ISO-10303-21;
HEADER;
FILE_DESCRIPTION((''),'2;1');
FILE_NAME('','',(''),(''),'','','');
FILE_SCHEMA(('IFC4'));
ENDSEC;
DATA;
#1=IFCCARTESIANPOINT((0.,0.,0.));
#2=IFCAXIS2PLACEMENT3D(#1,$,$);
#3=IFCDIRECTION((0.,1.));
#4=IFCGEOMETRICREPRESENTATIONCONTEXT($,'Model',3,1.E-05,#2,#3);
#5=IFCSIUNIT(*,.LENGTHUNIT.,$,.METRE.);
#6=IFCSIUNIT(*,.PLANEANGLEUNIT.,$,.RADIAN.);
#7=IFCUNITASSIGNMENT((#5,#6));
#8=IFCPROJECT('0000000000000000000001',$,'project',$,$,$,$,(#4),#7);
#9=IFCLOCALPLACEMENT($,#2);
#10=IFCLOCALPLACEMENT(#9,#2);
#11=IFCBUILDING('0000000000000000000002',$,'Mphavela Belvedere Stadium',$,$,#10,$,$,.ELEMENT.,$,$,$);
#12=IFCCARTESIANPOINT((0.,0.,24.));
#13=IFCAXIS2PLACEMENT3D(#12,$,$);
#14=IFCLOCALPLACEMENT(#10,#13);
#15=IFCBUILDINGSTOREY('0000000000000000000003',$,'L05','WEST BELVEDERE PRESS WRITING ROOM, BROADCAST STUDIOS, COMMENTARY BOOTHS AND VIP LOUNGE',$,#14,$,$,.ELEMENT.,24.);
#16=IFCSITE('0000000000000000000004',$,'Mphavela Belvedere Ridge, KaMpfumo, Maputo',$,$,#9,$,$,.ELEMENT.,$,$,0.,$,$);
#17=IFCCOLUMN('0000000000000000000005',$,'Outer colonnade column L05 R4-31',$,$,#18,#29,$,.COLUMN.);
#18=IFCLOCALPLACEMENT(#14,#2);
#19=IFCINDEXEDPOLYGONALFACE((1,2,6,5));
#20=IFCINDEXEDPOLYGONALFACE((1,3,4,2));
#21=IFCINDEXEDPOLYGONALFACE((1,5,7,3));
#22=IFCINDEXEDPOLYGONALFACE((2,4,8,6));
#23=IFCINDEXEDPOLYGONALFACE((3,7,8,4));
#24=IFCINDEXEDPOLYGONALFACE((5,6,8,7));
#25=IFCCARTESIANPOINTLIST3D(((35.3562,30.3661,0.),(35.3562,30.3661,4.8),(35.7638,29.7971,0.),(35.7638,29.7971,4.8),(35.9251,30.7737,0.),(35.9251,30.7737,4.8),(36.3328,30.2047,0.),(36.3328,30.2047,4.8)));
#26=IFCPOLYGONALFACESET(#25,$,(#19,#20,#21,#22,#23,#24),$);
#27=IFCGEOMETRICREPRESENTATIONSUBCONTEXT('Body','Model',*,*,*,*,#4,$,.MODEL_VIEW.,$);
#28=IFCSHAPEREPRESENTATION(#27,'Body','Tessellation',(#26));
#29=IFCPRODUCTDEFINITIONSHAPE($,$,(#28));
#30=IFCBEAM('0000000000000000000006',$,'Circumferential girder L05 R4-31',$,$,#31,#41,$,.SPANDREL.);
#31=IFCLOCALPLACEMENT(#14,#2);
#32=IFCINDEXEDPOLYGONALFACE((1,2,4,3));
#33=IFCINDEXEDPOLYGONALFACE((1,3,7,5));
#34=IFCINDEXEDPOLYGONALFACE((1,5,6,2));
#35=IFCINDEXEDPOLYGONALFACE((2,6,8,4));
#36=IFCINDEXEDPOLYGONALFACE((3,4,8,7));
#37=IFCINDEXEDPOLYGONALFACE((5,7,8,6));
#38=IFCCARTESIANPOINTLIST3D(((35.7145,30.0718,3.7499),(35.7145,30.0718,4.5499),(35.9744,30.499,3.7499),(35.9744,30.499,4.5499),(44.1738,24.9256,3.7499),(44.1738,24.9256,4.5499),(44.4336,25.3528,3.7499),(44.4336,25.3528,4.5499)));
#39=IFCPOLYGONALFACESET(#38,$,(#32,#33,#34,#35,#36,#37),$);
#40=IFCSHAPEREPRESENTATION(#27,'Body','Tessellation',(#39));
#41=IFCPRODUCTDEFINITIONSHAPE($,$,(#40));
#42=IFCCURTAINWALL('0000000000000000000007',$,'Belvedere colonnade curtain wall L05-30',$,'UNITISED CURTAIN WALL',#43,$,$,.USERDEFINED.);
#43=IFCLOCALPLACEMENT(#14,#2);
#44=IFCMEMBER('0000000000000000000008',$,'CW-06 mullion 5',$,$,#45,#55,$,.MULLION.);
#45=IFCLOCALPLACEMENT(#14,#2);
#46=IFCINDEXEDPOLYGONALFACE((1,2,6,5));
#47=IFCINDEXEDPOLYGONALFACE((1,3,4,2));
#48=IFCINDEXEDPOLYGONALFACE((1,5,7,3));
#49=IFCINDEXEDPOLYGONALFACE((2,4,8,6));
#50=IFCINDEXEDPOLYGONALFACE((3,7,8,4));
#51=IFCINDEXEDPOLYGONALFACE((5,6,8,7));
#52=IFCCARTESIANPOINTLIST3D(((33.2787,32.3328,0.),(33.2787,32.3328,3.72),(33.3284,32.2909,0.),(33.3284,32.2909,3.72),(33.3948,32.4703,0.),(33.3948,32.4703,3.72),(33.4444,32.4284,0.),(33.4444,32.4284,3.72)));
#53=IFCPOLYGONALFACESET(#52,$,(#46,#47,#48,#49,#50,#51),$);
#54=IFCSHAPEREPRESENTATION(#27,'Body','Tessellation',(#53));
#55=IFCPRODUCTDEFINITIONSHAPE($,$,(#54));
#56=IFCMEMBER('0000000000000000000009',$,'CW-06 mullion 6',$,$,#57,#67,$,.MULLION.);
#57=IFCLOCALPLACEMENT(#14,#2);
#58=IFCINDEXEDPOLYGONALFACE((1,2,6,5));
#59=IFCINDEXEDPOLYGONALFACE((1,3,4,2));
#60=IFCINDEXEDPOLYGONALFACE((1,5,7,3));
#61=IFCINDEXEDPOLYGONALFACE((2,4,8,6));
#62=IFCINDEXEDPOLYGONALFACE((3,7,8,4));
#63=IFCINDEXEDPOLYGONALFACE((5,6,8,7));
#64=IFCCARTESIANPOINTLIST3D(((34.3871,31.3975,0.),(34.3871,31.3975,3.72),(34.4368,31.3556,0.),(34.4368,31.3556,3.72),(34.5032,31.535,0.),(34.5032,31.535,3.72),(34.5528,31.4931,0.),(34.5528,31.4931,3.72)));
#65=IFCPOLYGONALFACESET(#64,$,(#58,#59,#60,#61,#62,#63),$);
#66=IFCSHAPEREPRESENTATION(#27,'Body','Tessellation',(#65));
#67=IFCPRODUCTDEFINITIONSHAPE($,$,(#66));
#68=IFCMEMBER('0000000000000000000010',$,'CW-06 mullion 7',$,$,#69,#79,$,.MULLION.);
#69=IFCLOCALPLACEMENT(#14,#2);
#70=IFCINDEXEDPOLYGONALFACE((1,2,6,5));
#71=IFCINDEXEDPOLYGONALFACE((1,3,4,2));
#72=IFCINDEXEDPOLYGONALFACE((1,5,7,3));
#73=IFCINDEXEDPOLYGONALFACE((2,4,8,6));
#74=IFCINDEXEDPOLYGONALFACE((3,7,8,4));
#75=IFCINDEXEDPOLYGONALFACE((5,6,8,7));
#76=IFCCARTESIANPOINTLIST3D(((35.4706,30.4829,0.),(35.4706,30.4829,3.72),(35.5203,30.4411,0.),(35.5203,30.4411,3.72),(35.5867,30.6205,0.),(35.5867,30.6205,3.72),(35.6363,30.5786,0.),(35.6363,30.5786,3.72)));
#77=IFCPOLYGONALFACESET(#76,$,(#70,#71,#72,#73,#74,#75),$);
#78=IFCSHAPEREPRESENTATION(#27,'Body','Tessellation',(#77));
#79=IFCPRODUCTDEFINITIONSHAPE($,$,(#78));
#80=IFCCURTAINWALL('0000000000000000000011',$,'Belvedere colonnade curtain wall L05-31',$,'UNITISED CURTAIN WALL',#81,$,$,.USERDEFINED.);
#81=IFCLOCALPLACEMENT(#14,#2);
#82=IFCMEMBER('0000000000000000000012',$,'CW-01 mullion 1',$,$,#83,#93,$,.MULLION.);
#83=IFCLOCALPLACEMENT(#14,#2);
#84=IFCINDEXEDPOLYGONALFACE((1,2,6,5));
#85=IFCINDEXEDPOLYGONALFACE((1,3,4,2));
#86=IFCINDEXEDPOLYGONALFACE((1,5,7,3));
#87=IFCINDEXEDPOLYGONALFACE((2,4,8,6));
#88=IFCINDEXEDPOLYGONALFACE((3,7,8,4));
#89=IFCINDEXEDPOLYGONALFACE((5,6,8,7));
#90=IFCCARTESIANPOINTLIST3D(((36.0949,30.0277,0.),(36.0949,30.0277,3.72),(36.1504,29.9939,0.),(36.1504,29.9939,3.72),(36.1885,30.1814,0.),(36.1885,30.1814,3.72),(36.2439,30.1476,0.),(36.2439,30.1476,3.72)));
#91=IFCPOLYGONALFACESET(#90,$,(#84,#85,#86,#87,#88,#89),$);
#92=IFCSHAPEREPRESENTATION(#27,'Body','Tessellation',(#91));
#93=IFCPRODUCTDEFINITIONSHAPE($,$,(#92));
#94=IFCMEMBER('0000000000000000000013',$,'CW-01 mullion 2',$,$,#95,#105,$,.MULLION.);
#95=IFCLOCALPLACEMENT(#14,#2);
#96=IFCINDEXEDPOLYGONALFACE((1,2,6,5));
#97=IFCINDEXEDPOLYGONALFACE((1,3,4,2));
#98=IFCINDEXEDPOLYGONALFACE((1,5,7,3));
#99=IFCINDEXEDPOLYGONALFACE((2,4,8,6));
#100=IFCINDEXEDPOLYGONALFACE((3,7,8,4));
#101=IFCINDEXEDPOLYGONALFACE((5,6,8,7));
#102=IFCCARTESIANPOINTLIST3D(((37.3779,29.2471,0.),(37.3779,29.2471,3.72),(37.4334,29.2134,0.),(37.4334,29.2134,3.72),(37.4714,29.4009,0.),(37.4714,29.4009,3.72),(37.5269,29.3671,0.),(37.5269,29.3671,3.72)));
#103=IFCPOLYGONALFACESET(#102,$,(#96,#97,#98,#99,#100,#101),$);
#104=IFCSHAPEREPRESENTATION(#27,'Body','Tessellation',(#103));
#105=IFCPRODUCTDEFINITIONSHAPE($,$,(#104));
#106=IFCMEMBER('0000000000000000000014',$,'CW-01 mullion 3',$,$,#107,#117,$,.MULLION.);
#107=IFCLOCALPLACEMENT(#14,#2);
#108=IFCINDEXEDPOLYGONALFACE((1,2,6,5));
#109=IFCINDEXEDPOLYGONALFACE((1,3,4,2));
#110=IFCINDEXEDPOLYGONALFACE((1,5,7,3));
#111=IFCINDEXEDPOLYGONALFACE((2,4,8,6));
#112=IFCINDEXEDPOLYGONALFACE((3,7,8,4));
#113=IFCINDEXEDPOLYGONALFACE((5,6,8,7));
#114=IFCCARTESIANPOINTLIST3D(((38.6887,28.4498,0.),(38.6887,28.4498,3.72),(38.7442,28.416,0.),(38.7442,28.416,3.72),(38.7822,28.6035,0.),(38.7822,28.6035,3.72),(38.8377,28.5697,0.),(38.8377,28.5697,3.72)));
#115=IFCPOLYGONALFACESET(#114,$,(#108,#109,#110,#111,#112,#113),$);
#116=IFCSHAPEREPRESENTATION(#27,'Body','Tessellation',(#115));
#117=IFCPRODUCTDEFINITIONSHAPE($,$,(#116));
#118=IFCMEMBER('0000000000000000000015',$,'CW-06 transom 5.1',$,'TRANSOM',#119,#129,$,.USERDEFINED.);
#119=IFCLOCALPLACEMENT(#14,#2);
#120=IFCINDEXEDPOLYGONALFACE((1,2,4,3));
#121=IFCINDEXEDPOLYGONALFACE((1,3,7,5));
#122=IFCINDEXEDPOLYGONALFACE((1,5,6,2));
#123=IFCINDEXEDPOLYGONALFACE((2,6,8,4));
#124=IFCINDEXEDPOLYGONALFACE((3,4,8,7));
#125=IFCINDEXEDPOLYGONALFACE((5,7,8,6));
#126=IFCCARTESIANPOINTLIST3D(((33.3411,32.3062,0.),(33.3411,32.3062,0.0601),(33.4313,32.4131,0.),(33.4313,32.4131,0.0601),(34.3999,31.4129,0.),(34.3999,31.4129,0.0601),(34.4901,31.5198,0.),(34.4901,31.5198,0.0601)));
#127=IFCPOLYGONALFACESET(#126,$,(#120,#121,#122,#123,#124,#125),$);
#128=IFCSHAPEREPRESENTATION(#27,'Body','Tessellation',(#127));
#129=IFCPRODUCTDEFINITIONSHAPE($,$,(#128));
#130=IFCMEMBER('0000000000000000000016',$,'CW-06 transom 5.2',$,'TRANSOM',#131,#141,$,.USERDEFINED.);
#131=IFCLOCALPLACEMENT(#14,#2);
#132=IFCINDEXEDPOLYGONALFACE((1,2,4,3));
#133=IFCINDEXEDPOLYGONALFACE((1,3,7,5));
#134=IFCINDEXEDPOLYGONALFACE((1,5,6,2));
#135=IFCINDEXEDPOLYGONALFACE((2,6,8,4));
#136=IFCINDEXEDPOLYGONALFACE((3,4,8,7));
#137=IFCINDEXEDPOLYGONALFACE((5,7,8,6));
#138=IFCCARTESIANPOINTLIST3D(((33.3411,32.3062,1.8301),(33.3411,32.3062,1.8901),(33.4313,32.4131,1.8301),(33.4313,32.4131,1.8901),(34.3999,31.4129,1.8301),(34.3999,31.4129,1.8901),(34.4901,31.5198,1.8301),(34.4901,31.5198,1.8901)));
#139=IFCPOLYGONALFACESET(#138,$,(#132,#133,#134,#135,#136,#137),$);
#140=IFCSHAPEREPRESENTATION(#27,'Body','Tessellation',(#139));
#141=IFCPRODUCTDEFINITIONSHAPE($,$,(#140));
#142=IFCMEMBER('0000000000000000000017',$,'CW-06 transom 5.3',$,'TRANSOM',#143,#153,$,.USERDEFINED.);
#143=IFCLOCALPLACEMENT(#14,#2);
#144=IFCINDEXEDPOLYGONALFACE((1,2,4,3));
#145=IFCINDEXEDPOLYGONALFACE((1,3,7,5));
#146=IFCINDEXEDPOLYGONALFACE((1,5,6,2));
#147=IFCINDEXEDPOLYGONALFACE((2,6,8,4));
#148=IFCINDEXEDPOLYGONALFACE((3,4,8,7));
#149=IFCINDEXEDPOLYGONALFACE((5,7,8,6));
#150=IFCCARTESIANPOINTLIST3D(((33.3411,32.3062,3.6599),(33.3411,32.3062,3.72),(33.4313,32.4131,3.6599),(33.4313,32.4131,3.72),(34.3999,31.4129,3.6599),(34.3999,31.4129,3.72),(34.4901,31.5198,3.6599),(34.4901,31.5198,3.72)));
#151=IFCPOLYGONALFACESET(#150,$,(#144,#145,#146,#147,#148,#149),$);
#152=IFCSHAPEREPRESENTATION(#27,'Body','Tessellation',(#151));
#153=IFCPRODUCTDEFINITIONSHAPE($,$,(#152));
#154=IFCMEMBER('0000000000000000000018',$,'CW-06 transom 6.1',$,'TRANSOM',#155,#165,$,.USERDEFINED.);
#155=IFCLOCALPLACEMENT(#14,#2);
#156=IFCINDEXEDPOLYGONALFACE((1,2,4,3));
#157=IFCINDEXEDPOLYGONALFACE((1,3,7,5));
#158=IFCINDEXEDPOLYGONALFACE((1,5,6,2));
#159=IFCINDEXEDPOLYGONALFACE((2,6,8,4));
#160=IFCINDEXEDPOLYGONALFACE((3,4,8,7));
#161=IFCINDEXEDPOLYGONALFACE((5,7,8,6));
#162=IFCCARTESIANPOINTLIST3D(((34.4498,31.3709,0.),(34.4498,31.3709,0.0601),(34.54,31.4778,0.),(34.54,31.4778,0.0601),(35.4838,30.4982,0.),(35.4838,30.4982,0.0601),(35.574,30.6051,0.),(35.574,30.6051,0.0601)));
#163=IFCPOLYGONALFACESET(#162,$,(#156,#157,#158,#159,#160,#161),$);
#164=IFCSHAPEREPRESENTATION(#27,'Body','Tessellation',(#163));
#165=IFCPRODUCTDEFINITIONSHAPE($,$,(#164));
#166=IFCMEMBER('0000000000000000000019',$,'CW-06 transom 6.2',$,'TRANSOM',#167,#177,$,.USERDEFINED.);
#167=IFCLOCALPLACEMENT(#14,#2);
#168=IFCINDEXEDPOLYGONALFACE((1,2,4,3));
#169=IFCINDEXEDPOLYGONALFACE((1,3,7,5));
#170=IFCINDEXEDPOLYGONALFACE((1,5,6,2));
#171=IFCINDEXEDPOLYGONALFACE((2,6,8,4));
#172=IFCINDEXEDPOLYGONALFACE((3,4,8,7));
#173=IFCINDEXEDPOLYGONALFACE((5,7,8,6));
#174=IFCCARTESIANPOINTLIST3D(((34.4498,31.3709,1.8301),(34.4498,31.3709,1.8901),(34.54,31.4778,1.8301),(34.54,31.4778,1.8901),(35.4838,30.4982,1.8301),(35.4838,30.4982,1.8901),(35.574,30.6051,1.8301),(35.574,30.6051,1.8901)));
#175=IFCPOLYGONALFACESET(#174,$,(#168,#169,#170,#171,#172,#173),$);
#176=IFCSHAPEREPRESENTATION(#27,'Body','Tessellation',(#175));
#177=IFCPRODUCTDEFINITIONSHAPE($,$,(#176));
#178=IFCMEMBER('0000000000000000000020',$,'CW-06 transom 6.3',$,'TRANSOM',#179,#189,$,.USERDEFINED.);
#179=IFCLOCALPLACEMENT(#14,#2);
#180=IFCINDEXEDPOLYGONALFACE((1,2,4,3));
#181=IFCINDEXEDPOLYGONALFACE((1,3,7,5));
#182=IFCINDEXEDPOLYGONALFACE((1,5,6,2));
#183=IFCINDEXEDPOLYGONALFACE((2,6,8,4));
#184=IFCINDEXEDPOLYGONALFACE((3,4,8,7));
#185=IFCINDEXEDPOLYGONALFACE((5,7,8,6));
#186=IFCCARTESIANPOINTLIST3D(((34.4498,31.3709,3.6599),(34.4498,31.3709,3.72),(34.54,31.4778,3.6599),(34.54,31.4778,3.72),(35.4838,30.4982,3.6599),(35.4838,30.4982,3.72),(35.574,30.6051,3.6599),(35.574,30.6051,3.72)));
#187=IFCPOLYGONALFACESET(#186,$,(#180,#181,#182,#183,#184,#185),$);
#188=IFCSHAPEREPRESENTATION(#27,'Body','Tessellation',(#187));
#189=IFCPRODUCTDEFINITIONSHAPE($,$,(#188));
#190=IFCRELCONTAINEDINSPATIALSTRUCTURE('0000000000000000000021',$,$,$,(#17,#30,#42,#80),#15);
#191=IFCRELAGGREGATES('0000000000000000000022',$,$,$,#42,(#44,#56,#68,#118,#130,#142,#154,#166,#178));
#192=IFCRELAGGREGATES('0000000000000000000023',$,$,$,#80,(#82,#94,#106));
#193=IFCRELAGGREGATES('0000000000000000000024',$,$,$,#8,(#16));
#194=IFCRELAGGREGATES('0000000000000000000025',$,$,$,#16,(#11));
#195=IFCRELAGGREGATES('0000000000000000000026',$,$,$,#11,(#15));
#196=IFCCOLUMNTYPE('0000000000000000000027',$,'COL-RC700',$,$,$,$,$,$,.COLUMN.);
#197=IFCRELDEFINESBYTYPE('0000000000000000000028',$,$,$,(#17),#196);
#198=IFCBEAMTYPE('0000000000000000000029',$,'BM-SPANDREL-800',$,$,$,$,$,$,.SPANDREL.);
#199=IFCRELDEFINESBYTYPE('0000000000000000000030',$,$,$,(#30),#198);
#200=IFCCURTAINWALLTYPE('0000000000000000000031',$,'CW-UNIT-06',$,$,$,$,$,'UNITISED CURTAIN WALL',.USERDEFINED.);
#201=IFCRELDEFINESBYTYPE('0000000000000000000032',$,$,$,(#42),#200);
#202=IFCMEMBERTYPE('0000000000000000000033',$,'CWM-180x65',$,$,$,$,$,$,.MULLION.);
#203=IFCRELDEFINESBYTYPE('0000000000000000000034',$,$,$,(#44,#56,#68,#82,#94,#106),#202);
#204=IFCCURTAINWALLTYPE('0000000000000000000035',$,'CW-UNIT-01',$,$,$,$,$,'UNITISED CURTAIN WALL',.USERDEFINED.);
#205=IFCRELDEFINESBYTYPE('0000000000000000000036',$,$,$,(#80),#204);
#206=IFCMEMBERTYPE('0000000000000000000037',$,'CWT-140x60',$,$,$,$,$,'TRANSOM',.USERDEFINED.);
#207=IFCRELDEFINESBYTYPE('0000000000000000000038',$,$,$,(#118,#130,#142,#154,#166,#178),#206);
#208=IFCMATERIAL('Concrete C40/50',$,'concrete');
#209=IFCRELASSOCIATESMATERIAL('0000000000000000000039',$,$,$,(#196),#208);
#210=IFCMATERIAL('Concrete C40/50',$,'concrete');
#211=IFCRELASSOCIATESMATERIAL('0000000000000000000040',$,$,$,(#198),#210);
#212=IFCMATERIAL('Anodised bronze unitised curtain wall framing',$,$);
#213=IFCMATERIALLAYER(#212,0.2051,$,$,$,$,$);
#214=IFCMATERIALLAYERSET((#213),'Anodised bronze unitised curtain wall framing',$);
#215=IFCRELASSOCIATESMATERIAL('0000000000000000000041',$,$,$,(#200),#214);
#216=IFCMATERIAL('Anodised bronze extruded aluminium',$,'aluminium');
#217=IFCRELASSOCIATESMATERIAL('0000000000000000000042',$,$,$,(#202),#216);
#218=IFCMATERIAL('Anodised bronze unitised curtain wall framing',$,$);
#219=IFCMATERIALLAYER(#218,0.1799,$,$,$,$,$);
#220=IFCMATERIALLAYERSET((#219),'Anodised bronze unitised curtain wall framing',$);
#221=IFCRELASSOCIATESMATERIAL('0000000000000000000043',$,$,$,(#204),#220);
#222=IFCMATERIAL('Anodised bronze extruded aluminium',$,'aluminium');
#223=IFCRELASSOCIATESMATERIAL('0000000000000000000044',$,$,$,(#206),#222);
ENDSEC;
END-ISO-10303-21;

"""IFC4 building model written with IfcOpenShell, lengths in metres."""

from ifc_helpers import new_model, si_unit, direction, frame, origin, origin_2d, place, context, subcontext, project, spatial, rectangle, extrude, material, layer, layer_set, material_profile, profile_set, type_object, element, aggregate, save


model = new_model("IFC4")

# Units and contexts
model_context = context("Model", 3, precision=1e-05, world=origin(), true_north=direction((0.0, 1.0)))
body_context = subcontext(model_context, "Body", "Model", "MODEL_VIEW")
ifc_project = project(units=[si_unit("LENGTHUNIT", "METRE"), si_unit("PLANEANGLEUNIT", "RADIAN")], contexts=[model_context])

# Site, building, storey
site_placement = place(None, origin())
site = spatial("IfcSite", under=ifc_project, at=site_placement, Name="Mphavela Belvedere Ridge, KaMpfumo, Maputo", CompositionType="ELEMENT", RefElevation=0.0)
building_placement = place(site_placement, origin())
building = spatial("IfcBuilding", under=site, at=building_placement, Name="Mphavela Belvedere Stadium", CompositionType="ELEMENT")
storey_placement = place(building_placement, frame((0.0, 0.0, 24.0)))
storey = spatial("IfcBuildingStorey", under=building, at=storey_placement, Name="L05", Description="WEST BELVEDERE PRESS WRITING ROOM, BROADCAST STUDIOS, COMMENTARY BOOTHS AND VIP LOUNGE", CompositionType="ELEMENT", Elevation=24.0)

# Column
ifc_material_1 = material(Name="Concrete C40/50", Category="concrete")
ifc_material_profile_1 = material_profile(ifc_material_1, rectangle(XDim=0.7, YDim=0.7, at=origin_2d()), Name="RC 700x700")
ifc_profile_set_1 = profile_set([ifc_material_profile_1], Name="Concrete C40/50")
column_type = type_object("IfcColumnType", Name="COL-RC700", PredefinedType="COLUMN", material=ifc_profile_set_1)
column_placement = place(storey_placement, frame((35.8445, 30.2854, 0.0), z_axis=(0.0, 0.0, 1.0), x_axis=(-0.812898, -0.582407, 0.0)))
element("IfcColumn", 1, at=column_placement, inside=storey, type_object=column_type, Name="Outer colonnade column L05 R4-31", PredefinedType="COLUMN", context=body_context, shape_type="SweptSolid", body=[
    extrude(rectangle(XDim=0.7, YDim=0.7, at=origin_2d()), origin(), (0.0, 0.0, 1.0), 4.8),
])

# Beam
ifc_material_2 = material(Name="Concrete C40/50", Category="concrete")
ifc_material_profile_2 = material_profile(ifc_material_2, rectangle(XDim=0.5, YDim=0.8, at=origin_2d()), Name="RC 500x800")
ifc_profile_set_2 = profile_set([ifc_material_profile_2], Name="Concrete C40/50")
beam_type = type_object("IfcBeamType", Name="BM-SPANDREL-800", PredefinedType="SPANDREL", material=ifc_profile_set_2)
beam_placement = place(storey_placement, frame((35.8445, 30.2854, 4.1499), z_axis=(0.854327, -0.519737, 0.0), x_axis=(0.519737, 0.854327, 0.0)))
element("IfcBeam", 2, at=beam_placement, inside=storey, type_object=beam_type, Name="Circumferential girder L05 R4-31", PredefinedType="SPANDREL", context=body_context, shape_type="SweptSolid", body=[
    extrude(rectangle(XDim=0.5, YDim=0.8, at=origin_2d()), origin(), (0.0, 0.0, 1.0), 9.9016),
])

# Curtain walls, members
ifc_material_3 = material(Name="Anodised bronze unitised curtain wall framing")
ifc_layer_1 = layer(ifc_material_3, 0.2051)
ifc_layer_set_1 = layer_set([ifc_layer_1], Name="Anodised bronze unitised curtain wall framing")
curtain_wall_type_1 = type_object("IfcCurtainWallType", Name="CW-UNIT-06", ElementType="UNITISED CURTAIN WALL", PredefinedType="USERDEFINED", material=ifc_layer_set_1)
curtain_wall_1_placement = place(storey_placement, origin())
curtain_wall_1 = element("IfcCurtainWall", 3, at=curtain_wall_1_placement, inside=storey, type_object=curtain_wall_type_1, Name="Belvedere colonnade curtain wall L05-30", ObjectType="UNITISED CURTAIN WALL", PredefinedType="USERDEFINED")
ifc_material_4 = material(Name="Anodised bronze extruded aluminium", Category="aluminium")
ifc_material_profile_3 = material_profile(ifc_material_4, rectangle(XDim=0.1799, YDim=0.0649, at=origin_2d()), Name="CW-MUL 180x65")
ifc_profile_set_3 = profile_set([ifc_material_profile_3], Name="Anodised bronze extruded aluminium")
member_type_1 = type_object("IfcMemberType", Name="CWM-180x65", PredefinedType="MULLION", material=ifc_profile_set_3)
member_1_placement = place(storey_placement, frame((33.3616, 32.3806, 0.0), z_axis=(0.0, 0.0, 1.0), x_axis=(0.644916, 0.764253, 0.0)))
member_1 = element("IfcMember", 4, at=member_1_placement, type_object=member_type_1, Name="CW-06 mullion 5", PredefinedType="MULLION", context=body_context, shape_type="SweptSolid", body=[
    extrude(rectangle(XDim=0.1799, YDim=0.0649, at=origin_2d()), origin(), (0.0, 0.0, 1.0), 3.72),
])
member_2_placement = place(storey_placement, frame((34.47, 31.4453, 0.0), z_axis=(0.0, 0.0, 1.0), x_axis=(0.644916, 0.764253, 0.0)))
member_2 = element("IfcMember", 5, at=member_2_placement, type_object=member_type_1, Name="CW-06 mullion 6", PredefinedType="MULLION", context=body_context, shape_type="SweptSolid", body=[
    extrude(rectangle(XDim=0.1799, YDim=0.0649, at=origin_2d()), origin(), (0.0, 0.0, 1.0), 3.72),
])
member_3_placement = place(storey_placement, frame((35.5535, 30.5308, 0.0), z_axis=(0.0, 0.0, 1.0), x_axis=(0.644916, 0.764253, 0.0)))
member_3 = element("IfcMember", 6, at=member_3_placement, type_object=member_type_1, Name="CW-06 mullion 7", PredefinedType="MULLION", context=body_context, shape_type="SweptSolid", body=[
    extrude(rectangle(XDim=0.1799, YDim=0.0649, at=origin_2d()), origin(), (0.0, 0.0, 1.0), 3.72),
])
ifc_material_5 = material(Name="Anodised bronze unitised curtain wall framing")
ifc_layer_2 = layer(ifc_material_5, 0.1799)
ifc_layer_set_2 = layer_set([ifc_layer_2], Name="Anodised bronze unitised curtain wall framing")
curtain_wall_type_2 = type_object("IfcCurtainWallType", Name="CW-UNIT-01", ElementType="UNITISED CURTAIN WALL", PredefinedType="USERDEFINED", material=ifc_layer_set_2)
curtain_wall_2_placement = place(storey_placement, origin())
curtain_wall_2 = element("IfcCurtainWall", 7, at=curtain_wall_2_placement, inside=storey, type_object=curtain_wall_type_2, Name="Belvedere colonnade curtain wall L05-31", ObjectType="UNITISED CURTAIN WALL", PredefinedType="USERDEFINED")
member_4_placement = place(storey_placement, frame((36.1694, 30.0876, 0.0), z_axis=(0.0, 0.0, 1.0), x_axis=(0.519735, 0.854327, 0.0)))
member_4 = element("IfcMember", 8, at=member_4_placement, type_object=member_type_1, Name="CW-01 mullion 1", PredefinedType="MULLION", context=body_context, shape_type="SweptSolid", body=[
    extrude(rectangle(XDim=0.1799, YDim=0.0649, at=origin_2d()), origin(), (0.0, 0.0, 1.0), 3.72),
])
member_5_placement = place(storey_placement, frame((37.4524, 29.3071, 0.0), z_axis=(0.0, 0.0, 1.0), x_axis=(0.519735, 0.854327, 0.0)))
member_5 = element("IfcMember", 9, at=member_5_placement, type_object=member_type_1, Name="CW-01 mullion 2", PredefinedType="MULLION", context=body_context, shape_type="SweptSolid", body=[
    extrude(rectangle(XDim=0.1799, YDim=0.0649, at=origin_2d()), origin(), (0.0, 0.0, 1.0), 3.72),
])
member_6_placement = place(storey_placement, frame((38.7632, 28.5098, 0.0), z_axis=(0.0, 0.0, 1.0), x_axis=(0.519735, 0.854327, 0.0)))
member_6 = element("IfcMember", 10, at=member_6_placement, type_object=member_type_1, Name="CW-01 mullion 3", PredefinedType="MULLION", context=body_context, shape_type="SweptSolid", body=[
    extrude(rectangle(XDim=0.1799, YDim=0.0649, at=origin_2d()), origin(), (0.0, 0.0, 1.0), 3.72),
])

# Members
ifc_material_6 = material(Name="Anodised bronze extruded aluminium", Category="aluminium")
ifc_material_profile_4 = material_profile(ifc_material_6, rectangle(XDim=0.1399, YDim=0.0601, at=origin_2d()), Name="CW-TRN 140x60")
ifc_profile_set_4 = profile_set([ifc_material_profile_4], Name="Anodised bronze extruded aluminium")
member_type_2 = type_object("IfcMemberType", Name="CWT-140x60", ElementType="TRANSOM", PredefinedType="USERDEFINED", material=ifc_profile_set_4)
member_7_placement = place(storey_placement, frame((33.3862, 32.3596, 0.03), z_axis=(0.764321, -0.644836, 0.0), x_axis=(0.644836, 0.764321, 0.0)))
member_7 = element("IfcMember", 11, at=member_7_placement, type_object=member_type_2, Name="CW-06 transom 5.1", ObjectType="TRANSOM", PredefinedType="USERDEFINED", context=body_context, shape_type="SweptSolid", body=[
    extrude(rectangle(XDim=0.1399, YDim=0.0601, at=origin_2d()), origin(), (0.0, 0.0, 1.0), 1.3853),
])
member_8_placement = place(storey_placement, frame((33.3862, 32.3596, 1.8601), z_axis=(0.764321, -0.644836, 0.0), x_axis=(0.644836, 0.764321, 0.0)))
member_8 = element("IfcMember", 12, at=member_8_placement, type_object=member_type_2, Name="CW-06 transom 5.2", ObjectType="TRANSOM", PredefinedType="USERDEFINED", context=body_context, shape_type="SweptSolid", body=[
    extrude(rectangle(XDim=0.1399, YDim=0.0601, at=origin_2d()), origin(), (0.0, 0.0, 1.0), 1.3853),
])
member_9_placement = place(storey_placement, frame((33.3862, 32.3596, 3.6899), z_axis=(0.764321, -0.644836, 0.0), x_axis=(0.644836, 0.764321, 0.0)))
member_9 = element("IfcMember", 13, at=member_9_placement, type_object=member_type_2, Name="CW-06 transom 5.3", ObjectType="TRANSOM", PredefinedType="USERDEFINED", context=body_context, shape_type="SweptSolid", body=[
    extrude(rectangle(XDim=0.1399, YDim=0.0601, at=origin_2d()), origin(), (0.0, 0.0, 1.0), 1.3853),
])
member_10_placement = place(storey_placement, frame((34.4949, 31.4243, 0.03), z_axis=(0.764228, -0.644947, 0.0), x_axis=(0.644947, 0.764228, 0.0)))
member_10 = element("IfcMember", 14, at=member_10_placement, type_object=member_type_2, Name="CW-06 transom 6.1", ObjectType="TRANSOM", PredefinedType="USERDEFINED", context=body_context, shape_type="SweptSolid", body=[
    extrude(rectangle(XDim=0.1399, YDim=0.0601, at=origin_2d()), origin(), (0.0, 0.0, 1.0), 1.353),
])
member_11_placement = place(storey_placement, frame((34.4949, 31.4243, 1.8601), z_axis=(0.764228, -0.644947, 0.0), x_axis=(0.644947, 0.764228, 0.0)))
member_11 = element("IfcMember", 15, at=member_11_placement, type_object=member_type_2, Name="CW-06 transom 6.2", ObjectType="TRANSOM", PredefinedType="USERDEFINED", context=body_context, shape_type="SweptSolid", body=[
    extrude(rectangle(XDim=0.1399, YDim=0.0601, at=origin_2d()), origin(), (0.0, 0.0, 1.0), 1.353),
])
member_12_placement = place(storey_placement, frame((34.4949, 31.4243, 3.6899), z_axis=(0.764228, -0.644947, 0.0), x_axis=(0.644947, 0.764228, 0.0)))
member_12 = element("IfcMember", 16, at=member_12_placement, type_object=member_type_2, Name="CW-06 transom 6.3", ObjectType="TRANSOM", PredefinedType="USERDEFINED", context=body_context, shape_type="SweptSolid", body=[
    extrude(rectangle(XDim=0.1399, YDim=0.0601, at=origin_2d()), origin(), (0.0, 0.0, 1.0), 1.353),
])

aggregate(curtain_wall_1, [member_1, member_2, member_3, member_7, member_8, member_9, member_10, member_11, member_12])
aggregate(curtain_wall_2, [member_4, member_5, member_6])

save(model, "model.ifc")
